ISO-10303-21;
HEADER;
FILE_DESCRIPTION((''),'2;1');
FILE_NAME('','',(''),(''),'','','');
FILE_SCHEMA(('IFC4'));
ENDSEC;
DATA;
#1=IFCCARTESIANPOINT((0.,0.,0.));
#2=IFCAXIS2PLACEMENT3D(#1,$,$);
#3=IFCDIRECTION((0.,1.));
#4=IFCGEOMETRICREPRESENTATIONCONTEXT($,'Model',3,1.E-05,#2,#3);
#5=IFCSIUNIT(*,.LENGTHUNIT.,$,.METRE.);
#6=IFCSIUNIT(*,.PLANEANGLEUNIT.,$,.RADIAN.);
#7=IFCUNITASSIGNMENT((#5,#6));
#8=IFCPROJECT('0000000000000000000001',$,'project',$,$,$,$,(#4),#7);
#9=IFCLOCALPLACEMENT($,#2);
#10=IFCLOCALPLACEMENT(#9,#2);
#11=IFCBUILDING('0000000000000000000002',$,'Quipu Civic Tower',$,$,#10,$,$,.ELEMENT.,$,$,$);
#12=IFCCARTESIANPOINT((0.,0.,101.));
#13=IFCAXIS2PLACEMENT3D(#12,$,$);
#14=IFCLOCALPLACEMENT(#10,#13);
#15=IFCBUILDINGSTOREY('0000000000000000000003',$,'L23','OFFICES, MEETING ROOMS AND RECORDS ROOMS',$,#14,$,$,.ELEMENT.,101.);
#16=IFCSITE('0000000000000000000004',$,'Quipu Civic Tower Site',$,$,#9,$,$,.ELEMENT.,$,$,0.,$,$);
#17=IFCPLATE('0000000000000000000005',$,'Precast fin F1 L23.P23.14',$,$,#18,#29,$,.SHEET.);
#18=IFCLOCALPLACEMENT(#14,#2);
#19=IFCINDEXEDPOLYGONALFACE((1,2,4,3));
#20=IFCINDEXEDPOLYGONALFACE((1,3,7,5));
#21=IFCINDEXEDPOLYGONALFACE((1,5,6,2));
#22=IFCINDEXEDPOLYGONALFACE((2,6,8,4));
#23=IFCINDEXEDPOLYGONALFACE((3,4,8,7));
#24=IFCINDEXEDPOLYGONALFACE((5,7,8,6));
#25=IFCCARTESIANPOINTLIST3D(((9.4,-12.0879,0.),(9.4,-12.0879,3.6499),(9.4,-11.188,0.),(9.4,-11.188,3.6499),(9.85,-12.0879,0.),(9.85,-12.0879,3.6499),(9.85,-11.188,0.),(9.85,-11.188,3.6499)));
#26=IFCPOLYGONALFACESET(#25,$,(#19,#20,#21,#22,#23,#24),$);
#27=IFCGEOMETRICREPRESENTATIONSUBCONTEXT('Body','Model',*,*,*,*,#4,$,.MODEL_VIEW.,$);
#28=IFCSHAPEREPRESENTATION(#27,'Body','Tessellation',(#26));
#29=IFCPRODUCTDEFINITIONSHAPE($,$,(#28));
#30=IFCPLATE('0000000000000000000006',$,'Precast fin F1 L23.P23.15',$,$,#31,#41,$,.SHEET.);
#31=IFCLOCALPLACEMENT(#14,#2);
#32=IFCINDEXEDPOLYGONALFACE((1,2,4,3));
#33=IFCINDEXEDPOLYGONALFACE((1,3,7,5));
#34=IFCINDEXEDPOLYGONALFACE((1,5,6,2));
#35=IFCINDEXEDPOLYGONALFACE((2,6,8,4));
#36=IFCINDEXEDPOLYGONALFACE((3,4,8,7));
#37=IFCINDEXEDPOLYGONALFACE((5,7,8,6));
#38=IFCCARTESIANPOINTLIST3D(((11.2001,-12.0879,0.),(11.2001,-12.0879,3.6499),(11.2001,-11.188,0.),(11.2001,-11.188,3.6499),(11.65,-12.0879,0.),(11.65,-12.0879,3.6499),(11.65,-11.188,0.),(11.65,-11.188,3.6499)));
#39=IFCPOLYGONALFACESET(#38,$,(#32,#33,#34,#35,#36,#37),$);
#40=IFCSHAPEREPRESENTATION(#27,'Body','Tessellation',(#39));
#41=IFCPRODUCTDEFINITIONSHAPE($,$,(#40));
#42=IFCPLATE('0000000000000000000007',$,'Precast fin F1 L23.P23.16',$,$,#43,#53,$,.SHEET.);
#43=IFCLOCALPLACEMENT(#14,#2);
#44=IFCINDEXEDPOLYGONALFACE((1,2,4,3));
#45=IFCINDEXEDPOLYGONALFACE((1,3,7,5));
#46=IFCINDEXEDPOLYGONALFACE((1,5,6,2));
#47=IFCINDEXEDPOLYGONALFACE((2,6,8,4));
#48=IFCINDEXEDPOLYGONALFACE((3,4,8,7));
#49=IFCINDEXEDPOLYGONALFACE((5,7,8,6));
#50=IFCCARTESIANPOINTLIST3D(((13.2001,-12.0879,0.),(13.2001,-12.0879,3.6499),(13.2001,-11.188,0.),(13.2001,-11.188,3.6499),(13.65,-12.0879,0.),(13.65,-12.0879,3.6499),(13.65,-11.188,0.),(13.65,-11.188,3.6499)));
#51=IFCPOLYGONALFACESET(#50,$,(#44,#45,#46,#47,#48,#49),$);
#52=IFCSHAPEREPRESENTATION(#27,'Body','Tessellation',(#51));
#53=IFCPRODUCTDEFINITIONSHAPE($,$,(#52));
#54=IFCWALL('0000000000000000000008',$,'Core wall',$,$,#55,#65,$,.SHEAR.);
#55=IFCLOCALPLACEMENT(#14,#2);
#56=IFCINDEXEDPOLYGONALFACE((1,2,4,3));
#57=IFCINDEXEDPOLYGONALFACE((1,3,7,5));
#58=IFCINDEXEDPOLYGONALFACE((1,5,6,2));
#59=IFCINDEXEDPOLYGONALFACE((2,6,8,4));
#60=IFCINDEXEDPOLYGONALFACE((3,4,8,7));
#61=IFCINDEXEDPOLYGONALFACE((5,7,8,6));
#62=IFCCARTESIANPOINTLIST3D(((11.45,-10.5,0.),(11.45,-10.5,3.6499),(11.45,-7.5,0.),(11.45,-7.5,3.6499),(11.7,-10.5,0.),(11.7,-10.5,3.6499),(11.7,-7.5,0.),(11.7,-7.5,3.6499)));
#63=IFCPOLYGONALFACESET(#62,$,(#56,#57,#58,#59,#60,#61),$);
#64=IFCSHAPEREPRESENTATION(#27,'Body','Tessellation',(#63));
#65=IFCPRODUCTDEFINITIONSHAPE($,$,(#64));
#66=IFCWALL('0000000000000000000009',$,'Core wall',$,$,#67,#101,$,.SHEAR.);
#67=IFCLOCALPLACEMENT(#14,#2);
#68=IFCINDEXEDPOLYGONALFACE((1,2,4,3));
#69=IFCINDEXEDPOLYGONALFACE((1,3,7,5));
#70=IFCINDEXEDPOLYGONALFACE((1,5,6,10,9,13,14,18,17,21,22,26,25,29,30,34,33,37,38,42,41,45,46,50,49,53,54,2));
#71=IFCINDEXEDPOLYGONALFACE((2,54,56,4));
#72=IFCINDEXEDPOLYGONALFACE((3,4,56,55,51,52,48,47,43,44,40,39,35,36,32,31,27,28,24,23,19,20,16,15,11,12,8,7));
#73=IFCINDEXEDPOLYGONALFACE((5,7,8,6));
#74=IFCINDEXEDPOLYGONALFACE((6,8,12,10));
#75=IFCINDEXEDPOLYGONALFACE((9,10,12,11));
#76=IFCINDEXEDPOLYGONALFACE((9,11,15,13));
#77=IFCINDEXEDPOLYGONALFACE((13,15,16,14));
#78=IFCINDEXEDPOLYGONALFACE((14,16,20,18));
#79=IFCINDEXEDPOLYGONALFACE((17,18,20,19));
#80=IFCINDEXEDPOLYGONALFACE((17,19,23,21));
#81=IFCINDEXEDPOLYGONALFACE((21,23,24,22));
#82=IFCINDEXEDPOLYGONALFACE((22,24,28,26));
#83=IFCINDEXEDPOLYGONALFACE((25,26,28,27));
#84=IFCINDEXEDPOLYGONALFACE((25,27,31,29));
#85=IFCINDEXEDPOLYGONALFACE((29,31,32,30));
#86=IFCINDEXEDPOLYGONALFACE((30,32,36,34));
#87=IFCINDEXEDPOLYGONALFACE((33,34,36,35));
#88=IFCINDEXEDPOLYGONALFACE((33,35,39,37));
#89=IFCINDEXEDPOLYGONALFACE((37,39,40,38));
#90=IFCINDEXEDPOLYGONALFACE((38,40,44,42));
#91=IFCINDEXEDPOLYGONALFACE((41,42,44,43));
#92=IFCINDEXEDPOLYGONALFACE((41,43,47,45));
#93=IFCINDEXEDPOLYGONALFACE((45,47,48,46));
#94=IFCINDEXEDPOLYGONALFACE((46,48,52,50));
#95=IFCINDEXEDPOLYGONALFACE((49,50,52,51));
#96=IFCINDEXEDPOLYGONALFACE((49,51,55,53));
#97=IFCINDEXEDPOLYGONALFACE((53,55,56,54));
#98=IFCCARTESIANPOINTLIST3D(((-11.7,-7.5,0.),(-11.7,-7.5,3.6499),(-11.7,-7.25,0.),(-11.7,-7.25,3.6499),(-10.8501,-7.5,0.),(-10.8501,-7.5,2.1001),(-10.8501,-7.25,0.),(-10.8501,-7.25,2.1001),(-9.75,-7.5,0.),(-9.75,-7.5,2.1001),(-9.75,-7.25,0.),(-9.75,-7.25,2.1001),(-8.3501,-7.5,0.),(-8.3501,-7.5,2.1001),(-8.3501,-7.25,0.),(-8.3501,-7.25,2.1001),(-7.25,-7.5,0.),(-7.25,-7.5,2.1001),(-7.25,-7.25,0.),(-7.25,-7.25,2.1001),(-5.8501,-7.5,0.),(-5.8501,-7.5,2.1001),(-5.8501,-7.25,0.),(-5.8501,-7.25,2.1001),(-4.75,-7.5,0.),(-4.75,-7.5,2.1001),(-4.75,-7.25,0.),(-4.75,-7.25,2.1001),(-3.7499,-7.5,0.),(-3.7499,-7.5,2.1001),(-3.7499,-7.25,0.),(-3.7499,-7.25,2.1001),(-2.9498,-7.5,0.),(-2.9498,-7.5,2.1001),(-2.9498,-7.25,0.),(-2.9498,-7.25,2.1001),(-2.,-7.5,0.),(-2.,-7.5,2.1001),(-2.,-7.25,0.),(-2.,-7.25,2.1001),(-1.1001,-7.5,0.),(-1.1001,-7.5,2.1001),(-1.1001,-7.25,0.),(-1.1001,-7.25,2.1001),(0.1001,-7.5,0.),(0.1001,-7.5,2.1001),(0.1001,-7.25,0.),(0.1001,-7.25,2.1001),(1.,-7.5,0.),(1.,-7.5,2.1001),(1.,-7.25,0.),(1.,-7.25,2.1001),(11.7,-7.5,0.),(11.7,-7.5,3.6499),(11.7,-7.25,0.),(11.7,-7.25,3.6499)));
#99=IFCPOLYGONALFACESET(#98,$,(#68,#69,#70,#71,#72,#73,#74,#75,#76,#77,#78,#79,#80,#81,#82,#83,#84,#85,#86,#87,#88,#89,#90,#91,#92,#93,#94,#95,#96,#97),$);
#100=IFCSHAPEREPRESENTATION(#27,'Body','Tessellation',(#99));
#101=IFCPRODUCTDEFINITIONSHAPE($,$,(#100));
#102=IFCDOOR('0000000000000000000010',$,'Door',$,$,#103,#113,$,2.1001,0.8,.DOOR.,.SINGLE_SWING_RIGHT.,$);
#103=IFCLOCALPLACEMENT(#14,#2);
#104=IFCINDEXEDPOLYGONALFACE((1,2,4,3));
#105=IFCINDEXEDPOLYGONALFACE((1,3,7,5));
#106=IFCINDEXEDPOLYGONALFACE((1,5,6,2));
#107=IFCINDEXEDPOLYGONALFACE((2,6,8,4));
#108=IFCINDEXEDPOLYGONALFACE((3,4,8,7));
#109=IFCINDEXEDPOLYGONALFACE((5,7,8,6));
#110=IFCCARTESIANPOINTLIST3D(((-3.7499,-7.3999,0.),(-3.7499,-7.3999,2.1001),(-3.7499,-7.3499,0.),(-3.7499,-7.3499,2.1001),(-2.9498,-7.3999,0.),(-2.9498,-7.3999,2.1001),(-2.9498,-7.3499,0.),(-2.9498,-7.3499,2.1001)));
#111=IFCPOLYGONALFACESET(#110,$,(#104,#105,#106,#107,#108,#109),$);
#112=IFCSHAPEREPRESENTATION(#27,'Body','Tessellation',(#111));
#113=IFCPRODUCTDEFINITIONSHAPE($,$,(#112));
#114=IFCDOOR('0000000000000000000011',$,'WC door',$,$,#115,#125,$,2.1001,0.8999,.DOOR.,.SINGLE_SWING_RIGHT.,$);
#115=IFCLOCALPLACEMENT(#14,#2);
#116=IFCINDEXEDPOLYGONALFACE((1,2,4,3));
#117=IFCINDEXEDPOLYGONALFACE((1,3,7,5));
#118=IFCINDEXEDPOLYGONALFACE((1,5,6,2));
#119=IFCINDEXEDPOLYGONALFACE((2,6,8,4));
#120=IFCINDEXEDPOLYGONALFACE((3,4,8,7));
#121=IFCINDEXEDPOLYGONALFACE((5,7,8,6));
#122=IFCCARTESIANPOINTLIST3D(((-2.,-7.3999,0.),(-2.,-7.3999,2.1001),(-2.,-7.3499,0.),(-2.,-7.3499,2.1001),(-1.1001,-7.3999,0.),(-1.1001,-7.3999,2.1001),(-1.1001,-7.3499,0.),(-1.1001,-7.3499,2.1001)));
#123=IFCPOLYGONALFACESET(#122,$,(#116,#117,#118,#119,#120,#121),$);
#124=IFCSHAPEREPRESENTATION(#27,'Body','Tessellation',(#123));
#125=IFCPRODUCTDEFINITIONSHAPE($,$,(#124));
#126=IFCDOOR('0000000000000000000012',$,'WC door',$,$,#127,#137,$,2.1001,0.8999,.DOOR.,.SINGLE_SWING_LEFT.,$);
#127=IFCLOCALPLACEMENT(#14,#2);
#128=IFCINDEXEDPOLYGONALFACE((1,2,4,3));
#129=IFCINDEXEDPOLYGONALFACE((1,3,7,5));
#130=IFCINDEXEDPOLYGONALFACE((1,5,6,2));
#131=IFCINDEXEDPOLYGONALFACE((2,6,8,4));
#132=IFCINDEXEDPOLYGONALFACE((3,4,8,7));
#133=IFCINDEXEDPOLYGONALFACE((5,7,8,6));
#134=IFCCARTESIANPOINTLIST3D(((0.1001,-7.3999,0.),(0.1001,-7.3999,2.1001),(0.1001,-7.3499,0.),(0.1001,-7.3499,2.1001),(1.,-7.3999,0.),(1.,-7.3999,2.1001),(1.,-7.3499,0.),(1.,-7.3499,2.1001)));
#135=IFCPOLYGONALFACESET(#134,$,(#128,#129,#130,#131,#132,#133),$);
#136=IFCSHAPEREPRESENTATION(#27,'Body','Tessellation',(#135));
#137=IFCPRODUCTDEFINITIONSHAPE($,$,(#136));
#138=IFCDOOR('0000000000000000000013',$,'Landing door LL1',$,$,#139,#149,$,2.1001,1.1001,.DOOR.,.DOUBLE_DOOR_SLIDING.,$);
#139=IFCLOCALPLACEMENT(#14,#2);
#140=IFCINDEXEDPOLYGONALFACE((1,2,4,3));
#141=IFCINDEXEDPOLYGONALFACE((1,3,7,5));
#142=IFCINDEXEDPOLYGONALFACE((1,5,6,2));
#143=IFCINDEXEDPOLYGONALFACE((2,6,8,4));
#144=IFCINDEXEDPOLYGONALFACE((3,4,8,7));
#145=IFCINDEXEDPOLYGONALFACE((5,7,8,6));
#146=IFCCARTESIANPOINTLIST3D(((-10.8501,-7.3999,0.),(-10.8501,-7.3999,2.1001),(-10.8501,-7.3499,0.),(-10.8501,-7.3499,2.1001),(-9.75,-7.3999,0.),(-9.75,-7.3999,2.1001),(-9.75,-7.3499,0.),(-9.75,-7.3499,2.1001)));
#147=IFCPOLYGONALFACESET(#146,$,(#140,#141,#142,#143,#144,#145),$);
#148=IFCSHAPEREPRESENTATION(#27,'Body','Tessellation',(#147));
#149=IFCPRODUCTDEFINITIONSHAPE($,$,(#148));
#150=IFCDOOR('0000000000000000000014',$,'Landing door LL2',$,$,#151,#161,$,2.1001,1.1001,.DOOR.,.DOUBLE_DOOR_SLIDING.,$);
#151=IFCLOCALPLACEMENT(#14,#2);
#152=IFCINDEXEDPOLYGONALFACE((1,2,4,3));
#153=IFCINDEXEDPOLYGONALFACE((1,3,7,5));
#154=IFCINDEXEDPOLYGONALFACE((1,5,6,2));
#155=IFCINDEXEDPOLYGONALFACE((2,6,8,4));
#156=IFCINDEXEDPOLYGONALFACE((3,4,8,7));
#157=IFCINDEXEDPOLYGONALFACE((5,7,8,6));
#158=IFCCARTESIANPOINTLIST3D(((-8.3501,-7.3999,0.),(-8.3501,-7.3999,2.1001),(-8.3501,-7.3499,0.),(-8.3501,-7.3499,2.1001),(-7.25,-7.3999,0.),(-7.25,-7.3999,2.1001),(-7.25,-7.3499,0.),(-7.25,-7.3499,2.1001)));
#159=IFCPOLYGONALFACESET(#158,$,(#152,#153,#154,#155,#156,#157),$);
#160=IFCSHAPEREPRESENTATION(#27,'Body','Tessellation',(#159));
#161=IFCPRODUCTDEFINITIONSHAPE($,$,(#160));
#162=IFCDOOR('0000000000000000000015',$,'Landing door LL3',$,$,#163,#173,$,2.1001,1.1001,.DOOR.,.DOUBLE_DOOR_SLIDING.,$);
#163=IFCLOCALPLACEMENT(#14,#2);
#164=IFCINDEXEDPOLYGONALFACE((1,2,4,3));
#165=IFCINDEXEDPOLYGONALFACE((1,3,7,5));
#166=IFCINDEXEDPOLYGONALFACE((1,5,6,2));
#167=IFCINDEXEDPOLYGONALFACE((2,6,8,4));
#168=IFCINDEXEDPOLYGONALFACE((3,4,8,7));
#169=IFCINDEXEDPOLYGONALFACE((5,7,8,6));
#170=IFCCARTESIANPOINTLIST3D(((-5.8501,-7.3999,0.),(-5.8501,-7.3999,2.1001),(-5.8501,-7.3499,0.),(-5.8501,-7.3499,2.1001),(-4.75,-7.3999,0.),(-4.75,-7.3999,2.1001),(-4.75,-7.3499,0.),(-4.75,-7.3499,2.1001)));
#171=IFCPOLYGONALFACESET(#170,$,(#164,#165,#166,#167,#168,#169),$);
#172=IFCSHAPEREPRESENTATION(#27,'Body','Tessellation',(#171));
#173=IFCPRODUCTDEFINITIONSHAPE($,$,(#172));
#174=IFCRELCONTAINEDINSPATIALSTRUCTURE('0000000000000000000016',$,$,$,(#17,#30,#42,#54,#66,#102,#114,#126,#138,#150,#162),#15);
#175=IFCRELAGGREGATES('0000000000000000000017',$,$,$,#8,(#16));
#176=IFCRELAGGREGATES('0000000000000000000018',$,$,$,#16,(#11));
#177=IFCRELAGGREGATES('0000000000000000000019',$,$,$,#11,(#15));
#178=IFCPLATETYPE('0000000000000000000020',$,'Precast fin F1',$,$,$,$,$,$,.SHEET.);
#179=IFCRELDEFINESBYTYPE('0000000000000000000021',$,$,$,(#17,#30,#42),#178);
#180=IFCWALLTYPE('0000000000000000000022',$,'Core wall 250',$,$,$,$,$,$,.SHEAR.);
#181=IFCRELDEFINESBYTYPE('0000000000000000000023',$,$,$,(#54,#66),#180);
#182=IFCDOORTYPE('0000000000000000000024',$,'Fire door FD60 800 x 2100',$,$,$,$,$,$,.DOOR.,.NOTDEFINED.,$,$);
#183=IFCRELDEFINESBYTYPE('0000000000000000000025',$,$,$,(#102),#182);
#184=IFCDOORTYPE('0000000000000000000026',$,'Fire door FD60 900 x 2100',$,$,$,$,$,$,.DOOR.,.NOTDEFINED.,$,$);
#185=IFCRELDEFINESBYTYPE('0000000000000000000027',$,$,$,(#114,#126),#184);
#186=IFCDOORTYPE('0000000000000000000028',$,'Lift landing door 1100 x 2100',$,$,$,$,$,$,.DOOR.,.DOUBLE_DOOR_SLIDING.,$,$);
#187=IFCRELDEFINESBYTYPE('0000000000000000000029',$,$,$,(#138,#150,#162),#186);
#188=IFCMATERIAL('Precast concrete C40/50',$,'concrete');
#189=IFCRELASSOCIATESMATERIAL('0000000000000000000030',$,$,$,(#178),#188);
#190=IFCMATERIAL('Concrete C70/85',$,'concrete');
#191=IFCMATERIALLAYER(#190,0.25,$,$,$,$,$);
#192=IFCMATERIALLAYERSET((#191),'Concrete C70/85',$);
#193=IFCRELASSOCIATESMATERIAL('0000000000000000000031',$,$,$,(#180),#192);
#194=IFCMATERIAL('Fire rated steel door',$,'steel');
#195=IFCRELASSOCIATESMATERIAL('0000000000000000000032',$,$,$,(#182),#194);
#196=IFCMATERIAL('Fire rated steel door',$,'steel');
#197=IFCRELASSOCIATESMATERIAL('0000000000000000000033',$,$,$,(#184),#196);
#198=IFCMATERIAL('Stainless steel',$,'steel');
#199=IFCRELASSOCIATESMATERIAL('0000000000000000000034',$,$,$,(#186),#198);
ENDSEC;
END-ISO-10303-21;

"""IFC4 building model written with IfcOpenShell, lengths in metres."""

from ifc_helpers import new_model, si_unit, direction, frame, frame_2d, origin, origin_2d, place, context, subcontext, project, spatial, rectangle, extrude, material, layer, layer_set, type_object, element, fill, save


model = new_model("IFC4")

# Units and contexts
model_context = context("Model", 3, precision=1e-05, world=origin(), true_north=direction((0.0, 1.0)))
body_context = subcontext(model_context, "Body", "Model", "MODEL_VIEW")
ifc_project = project(units=[si_unit("LENGTHUNIT", "METRE"), si_unit("PLANEANGLEUNIT", "RADIAN")], contexts=[model_context])

# Site, building, storey
site_placement = place(None, origin())
site = spatial("IfcSite", under=ifc_project, at=site_placement, Name="Quipu Civic Tower Site", CompositionType="ELEMENT", RefElevation=0.0)
building_placement = place(site_placement, origin())
building = spatial("IfcBuilding", under=site, at=building_placement, Name="Quipu Civic Tower", CompositionType="ELEMENT")
storey_placement = place(building_placement, frame((0.0, 0.0, 101.0)))
storey = spatial("IfcBuildingStorey", under=building, at=storey_placement, Name="L23", Description="OFFICES, MEETING ROOMS AND RECORDS ROOMS", CompositionType="ELEMENT", Elevation=101.0)

# Plates
ifc_material_1 = material(Name="Precast concrete C40/50", Category="concrete")
plate_type = type_object("IfcPlateType", Name="Precast fin F1", PredefinedType="SHEET", material=ifc_material_1)
for number, where, z_axis, x_axis, name in (
    (1, (9.625, -11.6379, 0.0), (0.0, 0.0, 1.0), (1.0, 0.0, 0.0), "Precast fin F1 L23.P23.14"),
    (2, (11.425, -11.6379, 0.0), (0.0, 0.0, 1.0), (1.0, 0.0, 0.0), "Precast fin F1 L23.P23.15"),
    (3, (13.425, -11.6379, 0.0), (0.0, 0.0, 1.0), (1.0, 0.0, 0.0), "Precast fin F1 L23.P23.16"),
):
    element("IfcPlate", number, at=place(storey_placement, frame(where, z_axis=z_axis, x_axis=x_axis)), inside=storey, type_object=plate_type, Name=name, PredefinedType="SHEET", context=body_context, shape_type="SweptSolid", body=[
        extrude(rectangle(XDim=0.45, YDim=0.8999, at=origin_2d()), origin(), (0.0, 0.0, 1.0), 3.6499),
    ])

# Wall
ifc_material_2 = material(Name="Concrete C70/85", Category="concrete")
ifc_layer_1 = layer(ifc_material_2, 0.25)
ifc_layer_set_1 = layer_set([ifc_layer_1], Name="Concrete C70/85")
wall_type_1 = type_object("IfcWallType", Name="Core wall 250", PredefinedType="SHEAR", material=ifc_layer_set_1)
wall_1_placement = place(storey_placement, frame((11.575, -10.5, 0.0), z_axis=(0.0, 0.0, 1.0), x_axis=(0.0, 1.0, 0.0)))
element("IfcWall", 4, at=wall_1_placement, inside=storey, type_object=wall_type_1, Name="Core wall", PredefinedType="SHEAR", context=body_context, shape_type="SweptSolid", body=[
    extrude(rectangle(XDim=3.0, YDim=0.25, at=frame_2d((1.5, 0.0))), origin(), (0.0, 0.0, 1.0), 3.6499),
])

# Wall, openings, doors
wall_2_placement = place(storey_placement, frame((11.7, -7.375, 0.0), z_axis=(0.0, 0.0, 1.0), x_axis=(-1.0, 0.0, 0.0)))
wall_2 = element("IfcWall", 5, at=wall_2_placement, inside=storey, type_object=wall_type_1, Name="Core wall", PredefinedType="SHEAR", context=body_context, shape_type="SweptSolid", body=[
    extrude(rectangle(XDim=23.3999, YDim=0.25, at=frame_2d((11.7, 0.0))), origin(), (0.0, 0.0, 1.0), 3.6499),
])
opening_1_placement = place(wall_2_placement, frame((21.45, 0.0, 0.0)))
opening_1 = element("IfcOpeningElement", 6, at=opening_1_placement, cuts=wall_2, PredefinedType="OPENING", context=body_context, shape_type="SweptSolid", body=[
    extrude(rectangle(XDim=1.1001, YDim=2.1001, at=frame_2d((0.55, 1.05))), frame((0.0, 0.135, 0.0), z_axis=(0.0, -1.0, 0.0), x_axis=(1.0, 0.0, 0.0)), (0.0, 0.0, 1.0), 0.27),
])
opening_2_placement = place(wall_2_placement, frame((18.95, 0.0, 0.0)))
opening_2 = element("IfcOpeningElement", 7, at=opening_2_placement, cuts=wall_2, PredefinedType="OPENING", context=body_context, shape_type="SweptSolid", body=[
    extrude(rectangle(XDim=1.1001, YDim=2.1001, at=frame_2d((0.55, 1.05))), frame((0.0, 0.135, 0.0), z_axis=(0.0, -1.0, 0.0), x_axis=(1.0, 0.0, 0.0)), (0.0, 0.0, 1.0), 0.27),
])
opening_3_placement = place(wall_2_placement, frame((16.45, 0.0, 0.0)))
opening_3 = element("IfcOpeningElement", 8, at=opening_3_placement, cuts=wall_2, PredefinedType="OPENING", context=body_context, shape_type="SweptSolid", body=[
    extrude(rectangle(XDim=1.1001, YDim=2.1001, at=frame_2d((0.55, 1.05))), frame((0.0, 0.135, 0.0), z_axis=(0.0, -1.0, 0.0), x_axis=(1.0, 0.0, 0.0)), (0.0, 0.0, 1.0), 0.27),
])
opening_4_placement = place(wall_2_placement, frame((14.6499, 0.0, 0.0)))
opening_4 = element("IfcOpeningElement", 9, at=opening_4_placement, cuts=wall_2, PredefinedType="OPENING", context=body_context, shape_type="SweptSolid", body=[
    extrude(rectangle(XDim=0.8, YDim=2.1001, at=frame_2d((0.3999, 1.05))), frame((0.0, 0.135, 0.0), z_axis=(0.0, -1.0, 0.0), x_axis=(1.0, 0.0, 0.0)), (0.0, 0.0, 1.0), 0.27),
])
opening_5_placement = place(wall_2_placement, frame((12.8, 0.0, 0.0)))
opening_5 = element("IfcOpeningElement", 10, at=opening_5_placement, cuts=wall_2, PredefinedType="OPENING", context=body_context, shape_type="SweptSolid", body=[
    extrude(rectangle(XDim=0.8999, YDim=2.1001, at=frame_2d((0.45, 1.05))), frame((0.0, 0.135, 0.0), z_axis=(0.0, -1.0, 0.0), x_axis=(1.0, 0.0, 0.0)), (0.0, 0.0, 1.0), 0.27),
])
opening_6_placement = place(wall_2_placement, frame((10.7, 0.0, 0.0)))
opening_6 = element("IfcOpeningElement", 11, at=opening_6_placement, cuts=wall_2, PredefinedType="OPENING", context=body_context, shape_type="SweptSolid", body=[
    extrude(rectangle(XDim=0.8999, YDim=2.1001, at=frame_2d((0.45, 1.05))), frame((0.0, 0.135, 0.0), z_axis=(0.0, -1.0, 0.0), x_axis=(1.0, 0.0, 0.0)), (0.0, 0.0, 1.0), 0.27),
])
ifc_material_3 = material(Name="Fire rated steel door", Category="steel")
door_type_1 = type_object("IfcDoorType", Name="Fire door FD60 800 x 2100", OperationType="NOTDEFINED", PredefinedType="DOOR", material=ifc_material_3)
door_1_placement = place(opening_4_placement, origin())
door_1 = element("IfcDoor", 12, at=door_1_placement, inside=storey, type_object=door_type_1, Name="Door", OperationType="SINGLE_SWING_RIGHT", OverallHeight=2.1001, OverallWidth=0.8, PredefinedType="DOOR", context=body_context, shape_type="SweptSolid", body=[
    extrude(rectangle(XDim=0.8, YDim=2.1001, at=frame_2d((0.3999, 1.05))), frame((0.0, 0.0249, 0.0), z_axis=(0.0, -1.0, 0.0), x_axis=(1.0, 0.0, 0.0)), (0.0, 0.0, 1.0), 0.05),
])
fill(opening_4, door_1)
ifc_material_4 = material(Name="Fire rated steel door", Category="steel")
door_type_2 = type_object("IfcDoorType", Name="Fire door FD60 900 x 2100", OperationType="NOTDEFINED", PredefinedType="DOOR", material=ifc_material_4)
door_2_placement = place(opening_5_placement, origin())
door_2 = element("IfcDoor", 13, at=door_2_placement, inside=storey, type_object=door_type_2, Name="WC door", OperationType="SINGLE_SWING_RIGHT", OverallHeight=2.1001, OverallWidth=0.8999, PredefinedType="DOOR", context=body_context, shape_type="SweptSolid", body=[
    extrude(rectangle(XDim=0.8999, YDim=2.1001, at=frame_2d((0.45, 1.05))), frame((0.0, 0.0249, 0.0), z_axis=(0.0, -1.0, 0.0), x_axis=(1.0, 0.0, 0.0)), (0.0, 0.0, 1.0), 0.05),
])
fill(opening_5, door_2)
door_3_placement = place(opening_6_placement, origin())
door_3 = element("IfcDoor", 14, at=door_3_placement, inside=storey, type_object=door_type_2, Name="WC door", OperationType="SINGLE_SWING_LEFT", OverallHeight=2.1001, OverallWidth=0.8999, PredefinedType="DOOR", context=body_context, shape_type="SweptSolid", body=[
    extrude(rectangle(XDim=0.8999, YDim=2.1001, at=frame_2d((0.45, 1.05))), frame((0.0, 0.0249, 0.0), z_axis=(0.0, -1.0, 0.0), x_axis=(1.0, 0.0, 0.0)), (0.0, 0.0, 1.0), 0.05),
])
fill(opening_6, door_3)
ifc_material_5 = material(Name="Stainless steel", Category="steel")
door_type_3 = type_object("IfcDoorType", Name="Lift landing door 1100 x 2100", OperationType="DOUBLE_DOOR_SLIDING", PredefinedType="DOOR", material=ifc_material_5)
door_4_placement = place(opening_1_placement, origin())
door_4 = element("IfcDoor", 15, at=door_4_placement, inside=storey, type_object=door_type_3, Name="Landing door LL1", OperationType="DOUBLE_DOOR_SLIDING", OverallHeight=2.1001, OverallWidth=1.1001, PredefinedType="DOOR", context=body_context, shape_type="SweptSolid", body=[
    extrude(rectangle(XDim=1.1001, YDim=2.1001, at=frame_2d((0.55, 1.05))), frame((0.0, 0.0249, 0.0), z_axis=(0.0, -1.0, 0.0), x_axis=(1.0, 0.0, 0.0)), (0.0, 0.0, 1.0), 0.05),
])
fill(opening_1, door_4)
door_5_placement = place(opening_2_placement, origin())
door_5 = element("IfcDoor", 16, at=door_5_placement, inside=storey, type_object=door_type_3, Name="Landing door LL2", OperationType="DOUBLE_DOOR_SLIDING", OverallHeight=2.1001, OverallWidth=1.1001, PredefinedType="DOOR", context=body_context, shape_type="SweptSolid", body=[
    extrude(rectangle(XDim=1.1001, YDim=2.1001, at=frame_2d((0.55, 1.05))), frame((0.0, 0.0249, 0.0), z_axis=(0.0, -1.0, 0.0), x_axis=(1.0, 0.0, 0.0)), (0.0, 0.0, 1.0), 0.05),
])
fill(opening_2, door_5)
door_6_placement = place(opening_3_placement, origin())
door_6 = element("IfcDoor", 17, at=door_6_placement, inside=storey, type_object=door_type_3, Name="Landing door LL3", OperationType="DOUBLE_DOOR_SLIDING", OverallHeight=2.1001, OverallWidth=1.1001, PredefinedType="DOOR", context=body_context, shape_type="SweptSolid", body=[
    extrude(rectangle(XDim=1.1001, YDim=2.1001, at=frame_2d((0.55, 1.05))), frame((0.0, 0.0249, 0.0), z_axis=(0.0, -1.0, 0.0), x_axis=(1.0, 0.0, 0.0)), (0.0, 0.0, 1.0), 0.05),
])
fill(opening_3, door_6)

save(model, "model.ifc")
